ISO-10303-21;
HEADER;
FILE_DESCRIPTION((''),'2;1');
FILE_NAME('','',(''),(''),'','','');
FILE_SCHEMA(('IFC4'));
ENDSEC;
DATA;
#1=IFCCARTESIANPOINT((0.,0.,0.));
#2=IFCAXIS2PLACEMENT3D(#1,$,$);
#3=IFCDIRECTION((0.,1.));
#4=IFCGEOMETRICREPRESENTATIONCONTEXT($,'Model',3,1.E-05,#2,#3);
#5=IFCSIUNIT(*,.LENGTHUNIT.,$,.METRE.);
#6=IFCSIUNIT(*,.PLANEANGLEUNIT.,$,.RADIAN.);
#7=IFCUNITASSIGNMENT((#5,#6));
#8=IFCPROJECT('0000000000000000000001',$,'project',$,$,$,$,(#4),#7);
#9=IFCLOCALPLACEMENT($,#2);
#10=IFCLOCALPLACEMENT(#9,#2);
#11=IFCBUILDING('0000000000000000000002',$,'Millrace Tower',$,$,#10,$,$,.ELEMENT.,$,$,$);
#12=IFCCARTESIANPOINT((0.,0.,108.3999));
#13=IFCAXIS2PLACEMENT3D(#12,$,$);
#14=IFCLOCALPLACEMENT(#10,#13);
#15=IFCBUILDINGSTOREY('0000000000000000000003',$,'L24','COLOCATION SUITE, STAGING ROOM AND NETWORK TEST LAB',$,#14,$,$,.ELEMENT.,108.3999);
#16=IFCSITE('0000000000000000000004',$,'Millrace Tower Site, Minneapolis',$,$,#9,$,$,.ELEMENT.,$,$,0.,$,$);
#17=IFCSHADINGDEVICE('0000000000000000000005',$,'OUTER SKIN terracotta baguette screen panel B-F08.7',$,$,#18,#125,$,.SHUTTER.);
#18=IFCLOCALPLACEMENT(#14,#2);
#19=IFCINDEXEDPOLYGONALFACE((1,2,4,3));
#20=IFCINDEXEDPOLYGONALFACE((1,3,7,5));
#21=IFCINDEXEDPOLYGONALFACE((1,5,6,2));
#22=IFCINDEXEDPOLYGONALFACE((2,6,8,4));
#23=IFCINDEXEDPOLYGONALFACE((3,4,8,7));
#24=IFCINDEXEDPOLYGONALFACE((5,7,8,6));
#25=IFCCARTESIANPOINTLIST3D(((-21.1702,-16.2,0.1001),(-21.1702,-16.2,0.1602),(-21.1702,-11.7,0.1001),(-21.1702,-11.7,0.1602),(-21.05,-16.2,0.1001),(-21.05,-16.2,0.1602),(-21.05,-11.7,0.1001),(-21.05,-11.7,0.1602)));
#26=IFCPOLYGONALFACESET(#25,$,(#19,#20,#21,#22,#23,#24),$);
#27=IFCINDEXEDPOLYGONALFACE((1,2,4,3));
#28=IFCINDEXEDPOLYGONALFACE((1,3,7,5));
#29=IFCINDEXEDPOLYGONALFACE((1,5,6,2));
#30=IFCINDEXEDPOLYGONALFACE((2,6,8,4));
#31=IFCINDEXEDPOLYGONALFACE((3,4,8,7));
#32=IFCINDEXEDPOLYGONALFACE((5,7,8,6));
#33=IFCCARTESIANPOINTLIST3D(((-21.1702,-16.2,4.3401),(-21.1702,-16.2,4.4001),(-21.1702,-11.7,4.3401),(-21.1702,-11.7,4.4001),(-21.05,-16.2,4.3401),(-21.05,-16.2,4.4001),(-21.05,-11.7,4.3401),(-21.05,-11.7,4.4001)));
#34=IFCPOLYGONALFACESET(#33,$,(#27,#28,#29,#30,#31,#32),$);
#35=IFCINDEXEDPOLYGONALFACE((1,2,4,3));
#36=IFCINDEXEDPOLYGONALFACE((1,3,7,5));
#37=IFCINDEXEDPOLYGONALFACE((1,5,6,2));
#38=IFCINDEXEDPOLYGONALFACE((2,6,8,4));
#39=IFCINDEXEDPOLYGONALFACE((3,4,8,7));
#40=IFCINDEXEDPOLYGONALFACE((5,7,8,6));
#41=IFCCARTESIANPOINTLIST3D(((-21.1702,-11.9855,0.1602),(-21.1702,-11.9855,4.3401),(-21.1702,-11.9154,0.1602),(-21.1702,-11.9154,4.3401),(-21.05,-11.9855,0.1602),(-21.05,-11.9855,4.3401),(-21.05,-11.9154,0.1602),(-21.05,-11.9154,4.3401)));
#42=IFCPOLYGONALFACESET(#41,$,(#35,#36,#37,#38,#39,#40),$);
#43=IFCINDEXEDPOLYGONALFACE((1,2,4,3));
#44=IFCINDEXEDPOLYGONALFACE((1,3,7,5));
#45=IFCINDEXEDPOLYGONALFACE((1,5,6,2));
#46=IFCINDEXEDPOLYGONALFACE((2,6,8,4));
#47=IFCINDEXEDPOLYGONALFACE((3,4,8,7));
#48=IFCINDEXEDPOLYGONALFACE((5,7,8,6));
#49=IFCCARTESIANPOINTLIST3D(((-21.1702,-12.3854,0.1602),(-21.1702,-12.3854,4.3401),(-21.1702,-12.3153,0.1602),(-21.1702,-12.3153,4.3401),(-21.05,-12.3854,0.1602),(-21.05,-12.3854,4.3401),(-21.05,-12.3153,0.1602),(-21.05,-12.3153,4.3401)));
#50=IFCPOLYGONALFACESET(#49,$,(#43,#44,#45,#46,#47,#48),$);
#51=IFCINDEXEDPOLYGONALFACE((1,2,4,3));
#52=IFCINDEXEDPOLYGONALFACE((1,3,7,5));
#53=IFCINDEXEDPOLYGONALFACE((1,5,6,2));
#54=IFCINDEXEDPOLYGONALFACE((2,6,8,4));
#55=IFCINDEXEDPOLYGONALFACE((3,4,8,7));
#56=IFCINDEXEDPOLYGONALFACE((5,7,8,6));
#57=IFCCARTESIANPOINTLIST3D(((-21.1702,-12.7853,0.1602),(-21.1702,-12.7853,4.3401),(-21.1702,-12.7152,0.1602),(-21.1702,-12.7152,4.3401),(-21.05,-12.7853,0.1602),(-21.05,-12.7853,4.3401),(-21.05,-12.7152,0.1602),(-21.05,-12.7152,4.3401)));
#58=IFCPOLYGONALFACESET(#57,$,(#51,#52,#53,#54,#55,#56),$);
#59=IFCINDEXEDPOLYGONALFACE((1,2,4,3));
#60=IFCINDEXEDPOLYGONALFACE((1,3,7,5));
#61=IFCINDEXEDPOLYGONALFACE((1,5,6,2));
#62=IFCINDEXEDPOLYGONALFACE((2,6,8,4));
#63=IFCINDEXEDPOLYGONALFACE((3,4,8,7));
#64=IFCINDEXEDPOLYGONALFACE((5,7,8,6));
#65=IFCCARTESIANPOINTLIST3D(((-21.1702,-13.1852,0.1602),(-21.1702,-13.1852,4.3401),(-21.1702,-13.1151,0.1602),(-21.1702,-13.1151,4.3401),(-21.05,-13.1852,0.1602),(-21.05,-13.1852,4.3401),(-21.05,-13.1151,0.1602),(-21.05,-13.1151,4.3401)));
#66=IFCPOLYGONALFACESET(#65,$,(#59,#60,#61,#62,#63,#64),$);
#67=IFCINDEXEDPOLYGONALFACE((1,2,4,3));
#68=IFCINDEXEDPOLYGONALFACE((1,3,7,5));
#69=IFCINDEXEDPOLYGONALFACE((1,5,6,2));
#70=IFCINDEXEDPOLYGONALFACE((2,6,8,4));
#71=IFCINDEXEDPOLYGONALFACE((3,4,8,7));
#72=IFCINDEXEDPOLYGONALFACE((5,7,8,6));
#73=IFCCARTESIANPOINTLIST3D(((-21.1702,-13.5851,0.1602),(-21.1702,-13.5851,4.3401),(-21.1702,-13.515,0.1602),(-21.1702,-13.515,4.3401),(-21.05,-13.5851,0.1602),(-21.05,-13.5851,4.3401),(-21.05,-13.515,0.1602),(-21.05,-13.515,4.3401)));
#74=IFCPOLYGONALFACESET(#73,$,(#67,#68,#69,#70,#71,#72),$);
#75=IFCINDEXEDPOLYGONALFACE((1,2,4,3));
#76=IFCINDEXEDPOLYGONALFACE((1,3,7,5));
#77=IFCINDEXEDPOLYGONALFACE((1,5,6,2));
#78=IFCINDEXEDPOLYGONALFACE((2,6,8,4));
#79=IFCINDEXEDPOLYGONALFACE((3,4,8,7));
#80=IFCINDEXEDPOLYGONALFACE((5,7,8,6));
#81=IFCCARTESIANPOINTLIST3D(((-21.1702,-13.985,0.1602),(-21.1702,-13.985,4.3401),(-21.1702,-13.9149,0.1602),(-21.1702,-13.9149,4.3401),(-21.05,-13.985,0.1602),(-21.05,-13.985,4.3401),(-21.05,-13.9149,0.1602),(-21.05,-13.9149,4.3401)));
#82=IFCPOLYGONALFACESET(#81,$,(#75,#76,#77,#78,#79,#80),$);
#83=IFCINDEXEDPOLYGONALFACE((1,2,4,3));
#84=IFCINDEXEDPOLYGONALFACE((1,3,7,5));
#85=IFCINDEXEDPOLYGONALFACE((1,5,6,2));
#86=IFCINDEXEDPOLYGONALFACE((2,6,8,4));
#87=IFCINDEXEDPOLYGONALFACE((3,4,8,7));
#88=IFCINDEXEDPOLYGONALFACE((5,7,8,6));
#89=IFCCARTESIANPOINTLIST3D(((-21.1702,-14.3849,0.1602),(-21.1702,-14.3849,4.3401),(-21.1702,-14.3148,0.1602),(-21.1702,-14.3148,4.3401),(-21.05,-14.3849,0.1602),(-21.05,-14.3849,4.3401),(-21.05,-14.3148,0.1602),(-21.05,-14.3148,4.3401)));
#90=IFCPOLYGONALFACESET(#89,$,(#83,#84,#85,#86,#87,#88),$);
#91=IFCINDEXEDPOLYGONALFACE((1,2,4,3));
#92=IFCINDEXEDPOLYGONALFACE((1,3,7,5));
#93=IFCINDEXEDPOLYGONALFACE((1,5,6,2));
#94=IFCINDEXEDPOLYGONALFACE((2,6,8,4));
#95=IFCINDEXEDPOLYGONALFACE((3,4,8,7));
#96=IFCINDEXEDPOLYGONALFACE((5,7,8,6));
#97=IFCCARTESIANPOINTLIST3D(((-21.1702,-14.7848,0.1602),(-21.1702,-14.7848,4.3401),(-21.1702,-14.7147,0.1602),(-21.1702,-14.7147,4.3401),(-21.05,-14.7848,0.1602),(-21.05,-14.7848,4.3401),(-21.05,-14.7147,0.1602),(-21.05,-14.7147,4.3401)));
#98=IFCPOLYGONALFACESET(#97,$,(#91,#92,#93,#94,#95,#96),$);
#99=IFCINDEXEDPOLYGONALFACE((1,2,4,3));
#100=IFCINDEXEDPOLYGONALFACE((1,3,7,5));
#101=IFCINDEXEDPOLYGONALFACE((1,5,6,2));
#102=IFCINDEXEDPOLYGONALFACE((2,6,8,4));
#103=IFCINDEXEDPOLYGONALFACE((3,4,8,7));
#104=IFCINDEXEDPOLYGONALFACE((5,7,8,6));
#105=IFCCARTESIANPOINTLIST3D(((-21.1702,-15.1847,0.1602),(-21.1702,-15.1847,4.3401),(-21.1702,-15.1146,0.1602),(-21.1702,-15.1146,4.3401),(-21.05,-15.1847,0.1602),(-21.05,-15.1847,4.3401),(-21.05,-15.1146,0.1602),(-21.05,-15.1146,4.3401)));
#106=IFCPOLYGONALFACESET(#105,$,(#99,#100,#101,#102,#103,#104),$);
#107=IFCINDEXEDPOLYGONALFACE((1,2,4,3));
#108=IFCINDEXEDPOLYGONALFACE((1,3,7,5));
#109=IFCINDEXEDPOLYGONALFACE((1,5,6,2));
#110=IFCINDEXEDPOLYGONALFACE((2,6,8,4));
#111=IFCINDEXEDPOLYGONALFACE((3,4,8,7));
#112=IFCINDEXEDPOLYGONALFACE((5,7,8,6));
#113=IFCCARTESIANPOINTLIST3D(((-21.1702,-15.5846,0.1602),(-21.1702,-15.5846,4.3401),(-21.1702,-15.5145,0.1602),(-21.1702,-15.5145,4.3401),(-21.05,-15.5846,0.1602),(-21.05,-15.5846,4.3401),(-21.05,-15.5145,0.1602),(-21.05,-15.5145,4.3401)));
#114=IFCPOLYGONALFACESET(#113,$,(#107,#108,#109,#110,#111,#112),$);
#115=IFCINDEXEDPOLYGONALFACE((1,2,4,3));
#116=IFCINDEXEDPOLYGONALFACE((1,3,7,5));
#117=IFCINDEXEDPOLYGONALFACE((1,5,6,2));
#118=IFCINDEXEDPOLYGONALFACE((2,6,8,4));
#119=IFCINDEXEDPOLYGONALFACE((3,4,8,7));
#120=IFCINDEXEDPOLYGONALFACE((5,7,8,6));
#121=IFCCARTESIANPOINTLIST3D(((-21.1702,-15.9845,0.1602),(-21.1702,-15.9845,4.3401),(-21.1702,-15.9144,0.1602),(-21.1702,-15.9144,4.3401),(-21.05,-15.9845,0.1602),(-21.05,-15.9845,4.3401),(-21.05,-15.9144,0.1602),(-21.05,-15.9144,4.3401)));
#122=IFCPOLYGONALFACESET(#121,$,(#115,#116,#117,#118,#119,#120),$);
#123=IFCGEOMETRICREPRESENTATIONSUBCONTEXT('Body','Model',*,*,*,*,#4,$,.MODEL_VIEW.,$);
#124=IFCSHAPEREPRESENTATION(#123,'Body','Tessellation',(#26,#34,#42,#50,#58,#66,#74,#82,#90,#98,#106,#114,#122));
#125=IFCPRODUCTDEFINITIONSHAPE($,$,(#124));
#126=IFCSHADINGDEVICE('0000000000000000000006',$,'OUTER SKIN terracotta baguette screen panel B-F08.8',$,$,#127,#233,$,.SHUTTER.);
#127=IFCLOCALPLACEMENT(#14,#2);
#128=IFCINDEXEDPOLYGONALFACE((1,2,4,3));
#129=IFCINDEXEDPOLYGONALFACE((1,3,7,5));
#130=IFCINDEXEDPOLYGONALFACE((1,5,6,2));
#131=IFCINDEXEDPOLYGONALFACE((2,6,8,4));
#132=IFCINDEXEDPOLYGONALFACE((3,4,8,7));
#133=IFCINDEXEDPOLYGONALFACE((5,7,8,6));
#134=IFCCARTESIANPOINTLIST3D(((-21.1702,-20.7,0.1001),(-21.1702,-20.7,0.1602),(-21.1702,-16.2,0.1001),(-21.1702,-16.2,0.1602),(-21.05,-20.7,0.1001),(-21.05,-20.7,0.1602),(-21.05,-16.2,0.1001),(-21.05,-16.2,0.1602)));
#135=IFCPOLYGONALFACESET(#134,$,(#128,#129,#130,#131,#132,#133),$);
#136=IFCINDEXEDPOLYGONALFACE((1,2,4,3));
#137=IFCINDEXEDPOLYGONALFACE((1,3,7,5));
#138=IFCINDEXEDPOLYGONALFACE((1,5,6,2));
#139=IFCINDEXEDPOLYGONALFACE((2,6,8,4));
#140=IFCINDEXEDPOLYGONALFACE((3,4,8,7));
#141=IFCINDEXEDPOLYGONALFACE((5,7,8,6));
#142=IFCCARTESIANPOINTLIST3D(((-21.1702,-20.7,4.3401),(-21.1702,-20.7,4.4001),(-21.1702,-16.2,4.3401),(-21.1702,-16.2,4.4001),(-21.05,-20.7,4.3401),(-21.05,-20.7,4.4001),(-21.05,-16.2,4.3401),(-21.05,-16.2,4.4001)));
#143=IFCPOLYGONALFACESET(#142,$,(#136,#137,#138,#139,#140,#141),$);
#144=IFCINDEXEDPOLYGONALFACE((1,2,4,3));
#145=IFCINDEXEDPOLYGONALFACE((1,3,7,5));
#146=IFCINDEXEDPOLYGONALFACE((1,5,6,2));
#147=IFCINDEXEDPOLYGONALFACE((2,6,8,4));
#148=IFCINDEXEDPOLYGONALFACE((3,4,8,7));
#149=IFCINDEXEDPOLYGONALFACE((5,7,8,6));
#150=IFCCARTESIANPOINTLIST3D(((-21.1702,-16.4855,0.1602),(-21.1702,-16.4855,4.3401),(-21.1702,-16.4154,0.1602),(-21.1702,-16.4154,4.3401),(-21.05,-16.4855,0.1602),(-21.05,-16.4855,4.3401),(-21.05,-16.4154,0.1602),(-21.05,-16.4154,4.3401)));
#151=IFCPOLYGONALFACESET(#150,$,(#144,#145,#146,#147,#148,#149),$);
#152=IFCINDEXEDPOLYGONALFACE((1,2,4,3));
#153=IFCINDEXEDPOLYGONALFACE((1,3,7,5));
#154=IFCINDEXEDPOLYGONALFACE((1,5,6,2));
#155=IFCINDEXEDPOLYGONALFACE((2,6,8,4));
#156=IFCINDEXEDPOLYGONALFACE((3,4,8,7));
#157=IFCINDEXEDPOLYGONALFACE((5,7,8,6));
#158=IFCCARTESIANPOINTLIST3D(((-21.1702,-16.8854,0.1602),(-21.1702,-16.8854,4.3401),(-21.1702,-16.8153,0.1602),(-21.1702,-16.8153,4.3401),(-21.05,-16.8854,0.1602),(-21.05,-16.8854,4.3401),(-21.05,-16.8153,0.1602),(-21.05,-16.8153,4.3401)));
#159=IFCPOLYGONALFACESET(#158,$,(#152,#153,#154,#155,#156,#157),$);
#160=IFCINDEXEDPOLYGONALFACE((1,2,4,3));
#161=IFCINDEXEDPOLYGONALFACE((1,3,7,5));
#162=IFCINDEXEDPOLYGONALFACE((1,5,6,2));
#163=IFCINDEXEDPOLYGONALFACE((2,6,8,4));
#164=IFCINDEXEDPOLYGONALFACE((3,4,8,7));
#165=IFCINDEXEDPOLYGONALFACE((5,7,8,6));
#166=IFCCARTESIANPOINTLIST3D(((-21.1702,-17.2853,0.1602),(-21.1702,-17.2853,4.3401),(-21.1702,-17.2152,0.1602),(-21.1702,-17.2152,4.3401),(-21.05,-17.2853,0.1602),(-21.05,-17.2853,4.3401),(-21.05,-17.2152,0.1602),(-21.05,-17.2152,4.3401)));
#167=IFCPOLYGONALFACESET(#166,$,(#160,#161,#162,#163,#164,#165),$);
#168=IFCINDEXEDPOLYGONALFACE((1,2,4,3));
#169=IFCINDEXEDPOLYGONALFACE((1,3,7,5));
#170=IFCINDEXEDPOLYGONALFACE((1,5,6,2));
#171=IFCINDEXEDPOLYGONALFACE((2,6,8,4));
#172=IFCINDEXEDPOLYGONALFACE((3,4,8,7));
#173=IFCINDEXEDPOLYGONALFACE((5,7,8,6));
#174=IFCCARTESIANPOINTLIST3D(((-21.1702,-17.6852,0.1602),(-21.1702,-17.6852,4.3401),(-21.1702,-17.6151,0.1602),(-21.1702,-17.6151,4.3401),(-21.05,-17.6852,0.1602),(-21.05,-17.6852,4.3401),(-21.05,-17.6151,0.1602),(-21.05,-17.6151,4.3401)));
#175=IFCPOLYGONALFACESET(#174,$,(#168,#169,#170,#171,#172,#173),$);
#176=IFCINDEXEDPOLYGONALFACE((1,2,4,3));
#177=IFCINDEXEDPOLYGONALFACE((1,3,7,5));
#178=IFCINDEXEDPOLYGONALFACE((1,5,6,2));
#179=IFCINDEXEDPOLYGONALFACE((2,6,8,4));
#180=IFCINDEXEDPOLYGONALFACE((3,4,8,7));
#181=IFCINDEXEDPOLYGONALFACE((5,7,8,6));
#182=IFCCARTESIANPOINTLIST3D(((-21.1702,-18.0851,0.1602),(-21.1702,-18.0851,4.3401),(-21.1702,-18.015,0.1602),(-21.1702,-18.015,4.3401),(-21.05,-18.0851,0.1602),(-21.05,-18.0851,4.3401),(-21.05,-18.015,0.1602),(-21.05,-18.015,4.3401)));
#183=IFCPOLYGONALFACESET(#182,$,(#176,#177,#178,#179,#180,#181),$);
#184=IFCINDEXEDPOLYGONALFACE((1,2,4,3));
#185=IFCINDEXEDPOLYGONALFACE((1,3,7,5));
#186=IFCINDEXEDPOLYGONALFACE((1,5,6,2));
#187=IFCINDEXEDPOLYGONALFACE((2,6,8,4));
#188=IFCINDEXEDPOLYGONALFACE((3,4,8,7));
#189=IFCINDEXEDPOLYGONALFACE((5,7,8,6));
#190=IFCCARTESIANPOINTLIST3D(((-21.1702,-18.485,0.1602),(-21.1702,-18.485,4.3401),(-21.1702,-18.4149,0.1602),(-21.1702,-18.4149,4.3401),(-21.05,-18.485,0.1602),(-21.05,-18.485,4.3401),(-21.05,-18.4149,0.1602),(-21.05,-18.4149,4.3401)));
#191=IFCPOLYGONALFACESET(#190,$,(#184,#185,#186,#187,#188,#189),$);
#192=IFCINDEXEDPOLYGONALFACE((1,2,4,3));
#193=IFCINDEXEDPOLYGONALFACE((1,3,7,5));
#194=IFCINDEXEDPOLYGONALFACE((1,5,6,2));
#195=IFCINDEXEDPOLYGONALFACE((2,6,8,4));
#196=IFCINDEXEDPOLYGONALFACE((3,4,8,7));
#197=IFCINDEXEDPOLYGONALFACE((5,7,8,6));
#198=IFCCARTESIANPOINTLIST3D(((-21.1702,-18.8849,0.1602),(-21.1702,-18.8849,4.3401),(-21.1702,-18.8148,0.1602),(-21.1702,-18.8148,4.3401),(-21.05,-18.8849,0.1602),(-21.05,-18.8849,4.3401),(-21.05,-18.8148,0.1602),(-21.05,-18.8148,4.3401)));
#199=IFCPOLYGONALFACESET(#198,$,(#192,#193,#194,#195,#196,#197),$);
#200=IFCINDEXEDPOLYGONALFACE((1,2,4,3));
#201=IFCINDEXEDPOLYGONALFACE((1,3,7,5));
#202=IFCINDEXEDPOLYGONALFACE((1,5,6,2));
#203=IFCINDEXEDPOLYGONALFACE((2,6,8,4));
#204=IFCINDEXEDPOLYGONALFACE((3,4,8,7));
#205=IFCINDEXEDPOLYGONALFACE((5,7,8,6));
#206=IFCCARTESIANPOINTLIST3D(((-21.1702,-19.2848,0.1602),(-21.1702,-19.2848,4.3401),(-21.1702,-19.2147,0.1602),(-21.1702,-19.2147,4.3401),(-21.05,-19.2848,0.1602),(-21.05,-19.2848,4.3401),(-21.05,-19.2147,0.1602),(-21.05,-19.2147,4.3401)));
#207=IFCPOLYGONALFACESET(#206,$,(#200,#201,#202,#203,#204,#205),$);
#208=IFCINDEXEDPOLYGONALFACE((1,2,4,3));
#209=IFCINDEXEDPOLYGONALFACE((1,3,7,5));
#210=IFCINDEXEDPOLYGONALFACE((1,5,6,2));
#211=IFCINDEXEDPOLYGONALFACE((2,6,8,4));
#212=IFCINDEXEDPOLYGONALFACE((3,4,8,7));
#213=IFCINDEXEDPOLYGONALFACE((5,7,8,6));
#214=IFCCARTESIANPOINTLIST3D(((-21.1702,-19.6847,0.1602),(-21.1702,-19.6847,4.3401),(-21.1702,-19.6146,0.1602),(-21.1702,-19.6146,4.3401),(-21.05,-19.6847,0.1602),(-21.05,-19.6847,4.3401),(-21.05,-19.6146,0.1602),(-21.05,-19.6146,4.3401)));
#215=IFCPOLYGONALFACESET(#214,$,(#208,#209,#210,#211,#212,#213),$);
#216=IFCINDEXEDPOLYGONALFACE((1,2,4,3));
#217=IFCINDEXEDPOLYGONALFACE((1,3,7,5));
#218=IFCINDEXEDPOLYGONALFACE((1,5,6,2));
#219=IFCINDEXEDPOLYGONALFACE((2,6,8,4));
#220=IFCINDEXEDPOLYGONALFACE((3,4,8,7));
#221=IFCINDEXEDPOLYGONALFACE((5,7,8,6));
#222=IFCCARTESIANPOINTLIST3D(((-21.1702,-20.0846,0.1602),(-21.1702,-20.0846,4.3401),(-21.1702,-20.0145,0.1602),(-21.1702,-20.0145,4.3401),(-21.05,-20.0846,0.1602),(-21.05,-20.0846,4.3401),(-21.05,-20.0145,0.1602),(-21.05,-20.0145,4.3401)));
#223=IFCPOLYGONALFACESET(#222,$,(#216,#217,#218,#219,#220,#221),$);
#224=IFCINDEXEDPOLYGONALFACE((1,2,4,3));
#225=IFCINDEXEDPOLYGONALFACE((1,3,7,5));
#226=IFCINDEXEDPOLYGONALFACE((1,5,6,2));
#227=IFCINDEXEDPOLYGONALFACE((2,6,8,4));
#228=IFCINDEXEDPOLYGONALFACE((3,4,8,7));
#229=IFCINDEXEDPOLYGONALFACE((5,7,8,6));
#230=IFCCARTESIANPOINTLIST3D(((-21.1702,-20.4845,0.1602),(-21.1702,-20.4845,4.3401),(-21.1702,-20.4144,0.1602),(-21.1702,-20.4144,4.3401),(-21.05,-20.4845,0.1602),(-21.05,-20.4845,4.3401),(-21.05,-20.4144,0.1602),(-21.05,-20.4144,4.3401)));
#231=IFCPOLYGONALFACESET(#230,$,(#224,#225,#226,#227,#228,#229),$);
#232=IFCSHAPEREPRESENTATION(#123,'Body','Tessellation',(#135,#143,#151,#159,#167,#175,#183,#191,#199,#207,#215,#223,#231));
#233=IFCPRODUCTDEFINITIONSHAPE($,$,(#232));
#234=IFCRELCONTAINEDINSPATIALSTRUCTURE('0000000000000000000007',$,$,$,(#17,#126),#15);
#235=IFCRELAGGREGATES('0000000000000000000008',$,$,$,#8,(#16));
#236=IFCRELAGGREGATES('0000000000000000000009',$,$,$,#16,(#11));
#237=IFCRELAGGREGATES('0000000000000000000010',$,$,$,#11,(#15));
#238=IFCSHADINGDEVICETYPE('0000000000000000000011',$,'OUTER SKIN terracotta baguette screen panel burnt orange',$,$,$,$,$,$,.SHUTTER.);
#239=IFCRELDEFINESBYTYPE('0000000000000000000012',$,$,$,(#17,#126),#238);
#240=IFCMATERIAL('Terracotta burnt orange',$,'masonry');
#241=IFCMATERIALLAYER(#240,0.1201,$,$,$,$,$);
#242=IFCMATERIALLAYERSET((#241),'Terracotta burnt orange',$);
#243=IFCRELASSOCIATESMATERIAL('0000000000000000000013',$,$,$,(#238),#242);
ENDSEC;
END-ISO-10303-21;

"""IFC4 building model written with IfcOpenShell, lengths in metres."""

from ifc_helpers import new_model, entity, si_unit, direction, frame, frame_2d, origin, origin_2d, place, context, subcontext, project, spatial, rectangle, extrude, source, transform, mapped, material, layer, layer_set, type_object, element, save


model = new_model("IFC4")

# Units and contexts
model_context = context("Model", 3, precision=1e-05, world=origin(), true_north=direction((0.0, 1.0)))
body_context = subcontext(model_context, "Body", "Model", "MODEL_VIEW")
ifc_project = project(units=[si_unit("LENGTHUNIT", "METRE"), si_unit("PLANEANGLEUNIT", "RADIAN")], contexts=[model_context])

# Site, building, storey
site_placement = place(None, origin())
site = spatial("IfcSite", under=ifc_project, at=site_placement, Name="Millrace Tower Site, Minneapolis", CompositionType="ELEMENT", RefElevation=0.0)
building_placement = place(site_placement, origin())
building = spatial("IfcBuilding", under=site, at=building_placement, Name="Millrace Tower", CompositionType="ELEMENT")
storey_placement = place(building_placement, frame((0.0, 0.0, 108.3999)))
storey = spatial("IfcBuildingStorey", under=building, at=storey_placement, Name="L24", Description="COLOCATION SUITE, STAGING ROOM AND NETWORK TEST LAB", CompositionType="ELEMENT", Elevation=108.3999)

# Shading devices
ifc_material_1 = material(Name="Terracotta burnt orange", Category="masonry")
ifc_layer_1 = layer(ifc_material_1, 0.1201)
ifc_layer_set_1 = layer_set([ifc_layer_1], Name="Terracotta burnt orange")
shading_device_type = type_object("IfcShadingDeviceType", Name="OUTER SKIN terracotta baguette screen panel burnt orange", PredefinedType="SHUTTER", material=ifc_layer_set_1)
cartesian_point_1 = entity("IfcCartesianPoint", [-2.25, 0.0601])
shared_polyline_1 = entity("IfcPolyline", [cartesian_point_1, entity("IfcCartesianPoint", [2.25, 0.0601]), entity("IfcCartesianPoint", [2.25, -0.0601]), entity("IfcCartesianPoint", [-2.25, -0.0601]), cartesian_point_1])
shared_shape_1 = source(origin(), body_context, "Body", "SweptSolid", [
    entity("IfcExtrudedAreaSolid", entity("IfcArbitraryClosedProfileDef", "AREA", None, shared_polyline_1), entity("IfcAxis2Placement3D", entity("IfcCartesianPoint", [0.0, 0.0, 0.0])), entity("IfcDirection", [0.0, 0.0, 1.0]), 0.0601),
    entity("IfcExtrudedAreaSolid", entity("IfcArbitraryClosedProfileDef", "AREA", None, shared_polyline_1), entity("IfcAxis2Placement3D", entity("IfcCartesianPoint", [0.0, 0.0, 4.24])), entity("IfcDirection", [0.0, 0.0, 1.0]), 0.0601),
    extrude(rectangle(XDim=0.0701, YDim=0.1201, at=frame_2d((-1.9995, 0.0))), frame((0.0, 0.0, 0.0601)), (0.0, 0.0, 1.0), 4.1799),
    extrude(rectangle(XDim=0.0701, YDim=0.1201, at=frame_2d((-1.5996, 0.0))), frame((0.0, 0.0, 0.0601)), (0.0, 0.0, 1.0), 4.1799),
    extrude(rectangle(XDim=0.0701, YDim=0.1201, at=frame_2d((-1.1997, 0.0))), frame((0.0, 0.0, 0.0601)), (0.0, 0.0, 1.0), 4.1799),
    extrude(rectangle(XDim=0.0701, YDim=0.1201, at=frame_2d((-0.7998, 0.0))), frame((0.0, 0.0, 0.0601)), (0.0, 0.0, 1.0), 4.1799),
    extrude(rectangle(XDim=0.0701, YDim=0.1201, at=frame_2d((-0.3999, 0.0))), frame((0.0, 0.0, 0.0601)), (0.0, 0.0, 1.0), 4.1799),
    extrude(rectangle(XDim=0.0701, YDim=0.1201, at=origin_2d()), frame((0.0, 0.0, 0.0601)), (0.0, 0.0, 1.0), 4.1799),
    extrude(rectangle(XDim=0.0701, YDim=0.1201, at=frame_2d((0.3999, 0.0))), frame((0.0, 0.0, 0.0601)), (0.0, 0.0, 1.0), 4.1799),
    extrude(rectangle(XDim=0.0701, YDim=0.1201, at=frame_2d((0.7998, 0.0))), frame((0.0, 0.0, 0.0601)), (0.0, 0.0, 1.0), 4.1799),
    extrude(rectangle(XDim=0.0701, YDim=0.1201, at=frame_2d((1.1997, 0.0))), frame((0.0, 0.0, 0.0601)), (0.0, 0.0, 1.0), 4.1799),
    extrude(rectangle(XDim=0.0701, YDim=0.1201, at=frame_2d((1.5996, 0.0))), frame((0.0, 0.0, 0.0601)), (0.0, 0.0, 1.0), 4.1799),
    extrude(rectangle(XDim=0.0701, YDim=0.1201, at=frame_2d((1.9995, 0.0))), frame((0.0, 0.0, 0.0601)), (0.0, 0.0, 1.0), 4.1799),
])
for number, where, z_axis, x_axis, name in (
    (1, (-21.1101, -13.95, 0.1001), (0.0, 0.0, 1.0), (0.0, -1.0, 0.0), "OUTER SKIN terracotta baguette screen panel B-F08.7"),
    (2, (-21.1101, -18.45, 0.1001), (0.0, 0.0, 1.0), (0.0, -1.0, 0.0), "OUTER SKIN terracotta baguette screen panel B-F08.8"),
):
    element("IfcShadingDevice", number, at=place(storey_placement, frame(where, z_axis=z_axis, x_axis=x_axis)), inside=storey, type_object=shading_device_type, Name=name, PredefinedType="SHUTTER", context=body_context, shape_type="MappedRepresentation", body=[
        mapped(shared_shape_1, transform((0.0, 0.0, 0.0), scale=1.0)),
    ])

save(model, "model.ifc")
